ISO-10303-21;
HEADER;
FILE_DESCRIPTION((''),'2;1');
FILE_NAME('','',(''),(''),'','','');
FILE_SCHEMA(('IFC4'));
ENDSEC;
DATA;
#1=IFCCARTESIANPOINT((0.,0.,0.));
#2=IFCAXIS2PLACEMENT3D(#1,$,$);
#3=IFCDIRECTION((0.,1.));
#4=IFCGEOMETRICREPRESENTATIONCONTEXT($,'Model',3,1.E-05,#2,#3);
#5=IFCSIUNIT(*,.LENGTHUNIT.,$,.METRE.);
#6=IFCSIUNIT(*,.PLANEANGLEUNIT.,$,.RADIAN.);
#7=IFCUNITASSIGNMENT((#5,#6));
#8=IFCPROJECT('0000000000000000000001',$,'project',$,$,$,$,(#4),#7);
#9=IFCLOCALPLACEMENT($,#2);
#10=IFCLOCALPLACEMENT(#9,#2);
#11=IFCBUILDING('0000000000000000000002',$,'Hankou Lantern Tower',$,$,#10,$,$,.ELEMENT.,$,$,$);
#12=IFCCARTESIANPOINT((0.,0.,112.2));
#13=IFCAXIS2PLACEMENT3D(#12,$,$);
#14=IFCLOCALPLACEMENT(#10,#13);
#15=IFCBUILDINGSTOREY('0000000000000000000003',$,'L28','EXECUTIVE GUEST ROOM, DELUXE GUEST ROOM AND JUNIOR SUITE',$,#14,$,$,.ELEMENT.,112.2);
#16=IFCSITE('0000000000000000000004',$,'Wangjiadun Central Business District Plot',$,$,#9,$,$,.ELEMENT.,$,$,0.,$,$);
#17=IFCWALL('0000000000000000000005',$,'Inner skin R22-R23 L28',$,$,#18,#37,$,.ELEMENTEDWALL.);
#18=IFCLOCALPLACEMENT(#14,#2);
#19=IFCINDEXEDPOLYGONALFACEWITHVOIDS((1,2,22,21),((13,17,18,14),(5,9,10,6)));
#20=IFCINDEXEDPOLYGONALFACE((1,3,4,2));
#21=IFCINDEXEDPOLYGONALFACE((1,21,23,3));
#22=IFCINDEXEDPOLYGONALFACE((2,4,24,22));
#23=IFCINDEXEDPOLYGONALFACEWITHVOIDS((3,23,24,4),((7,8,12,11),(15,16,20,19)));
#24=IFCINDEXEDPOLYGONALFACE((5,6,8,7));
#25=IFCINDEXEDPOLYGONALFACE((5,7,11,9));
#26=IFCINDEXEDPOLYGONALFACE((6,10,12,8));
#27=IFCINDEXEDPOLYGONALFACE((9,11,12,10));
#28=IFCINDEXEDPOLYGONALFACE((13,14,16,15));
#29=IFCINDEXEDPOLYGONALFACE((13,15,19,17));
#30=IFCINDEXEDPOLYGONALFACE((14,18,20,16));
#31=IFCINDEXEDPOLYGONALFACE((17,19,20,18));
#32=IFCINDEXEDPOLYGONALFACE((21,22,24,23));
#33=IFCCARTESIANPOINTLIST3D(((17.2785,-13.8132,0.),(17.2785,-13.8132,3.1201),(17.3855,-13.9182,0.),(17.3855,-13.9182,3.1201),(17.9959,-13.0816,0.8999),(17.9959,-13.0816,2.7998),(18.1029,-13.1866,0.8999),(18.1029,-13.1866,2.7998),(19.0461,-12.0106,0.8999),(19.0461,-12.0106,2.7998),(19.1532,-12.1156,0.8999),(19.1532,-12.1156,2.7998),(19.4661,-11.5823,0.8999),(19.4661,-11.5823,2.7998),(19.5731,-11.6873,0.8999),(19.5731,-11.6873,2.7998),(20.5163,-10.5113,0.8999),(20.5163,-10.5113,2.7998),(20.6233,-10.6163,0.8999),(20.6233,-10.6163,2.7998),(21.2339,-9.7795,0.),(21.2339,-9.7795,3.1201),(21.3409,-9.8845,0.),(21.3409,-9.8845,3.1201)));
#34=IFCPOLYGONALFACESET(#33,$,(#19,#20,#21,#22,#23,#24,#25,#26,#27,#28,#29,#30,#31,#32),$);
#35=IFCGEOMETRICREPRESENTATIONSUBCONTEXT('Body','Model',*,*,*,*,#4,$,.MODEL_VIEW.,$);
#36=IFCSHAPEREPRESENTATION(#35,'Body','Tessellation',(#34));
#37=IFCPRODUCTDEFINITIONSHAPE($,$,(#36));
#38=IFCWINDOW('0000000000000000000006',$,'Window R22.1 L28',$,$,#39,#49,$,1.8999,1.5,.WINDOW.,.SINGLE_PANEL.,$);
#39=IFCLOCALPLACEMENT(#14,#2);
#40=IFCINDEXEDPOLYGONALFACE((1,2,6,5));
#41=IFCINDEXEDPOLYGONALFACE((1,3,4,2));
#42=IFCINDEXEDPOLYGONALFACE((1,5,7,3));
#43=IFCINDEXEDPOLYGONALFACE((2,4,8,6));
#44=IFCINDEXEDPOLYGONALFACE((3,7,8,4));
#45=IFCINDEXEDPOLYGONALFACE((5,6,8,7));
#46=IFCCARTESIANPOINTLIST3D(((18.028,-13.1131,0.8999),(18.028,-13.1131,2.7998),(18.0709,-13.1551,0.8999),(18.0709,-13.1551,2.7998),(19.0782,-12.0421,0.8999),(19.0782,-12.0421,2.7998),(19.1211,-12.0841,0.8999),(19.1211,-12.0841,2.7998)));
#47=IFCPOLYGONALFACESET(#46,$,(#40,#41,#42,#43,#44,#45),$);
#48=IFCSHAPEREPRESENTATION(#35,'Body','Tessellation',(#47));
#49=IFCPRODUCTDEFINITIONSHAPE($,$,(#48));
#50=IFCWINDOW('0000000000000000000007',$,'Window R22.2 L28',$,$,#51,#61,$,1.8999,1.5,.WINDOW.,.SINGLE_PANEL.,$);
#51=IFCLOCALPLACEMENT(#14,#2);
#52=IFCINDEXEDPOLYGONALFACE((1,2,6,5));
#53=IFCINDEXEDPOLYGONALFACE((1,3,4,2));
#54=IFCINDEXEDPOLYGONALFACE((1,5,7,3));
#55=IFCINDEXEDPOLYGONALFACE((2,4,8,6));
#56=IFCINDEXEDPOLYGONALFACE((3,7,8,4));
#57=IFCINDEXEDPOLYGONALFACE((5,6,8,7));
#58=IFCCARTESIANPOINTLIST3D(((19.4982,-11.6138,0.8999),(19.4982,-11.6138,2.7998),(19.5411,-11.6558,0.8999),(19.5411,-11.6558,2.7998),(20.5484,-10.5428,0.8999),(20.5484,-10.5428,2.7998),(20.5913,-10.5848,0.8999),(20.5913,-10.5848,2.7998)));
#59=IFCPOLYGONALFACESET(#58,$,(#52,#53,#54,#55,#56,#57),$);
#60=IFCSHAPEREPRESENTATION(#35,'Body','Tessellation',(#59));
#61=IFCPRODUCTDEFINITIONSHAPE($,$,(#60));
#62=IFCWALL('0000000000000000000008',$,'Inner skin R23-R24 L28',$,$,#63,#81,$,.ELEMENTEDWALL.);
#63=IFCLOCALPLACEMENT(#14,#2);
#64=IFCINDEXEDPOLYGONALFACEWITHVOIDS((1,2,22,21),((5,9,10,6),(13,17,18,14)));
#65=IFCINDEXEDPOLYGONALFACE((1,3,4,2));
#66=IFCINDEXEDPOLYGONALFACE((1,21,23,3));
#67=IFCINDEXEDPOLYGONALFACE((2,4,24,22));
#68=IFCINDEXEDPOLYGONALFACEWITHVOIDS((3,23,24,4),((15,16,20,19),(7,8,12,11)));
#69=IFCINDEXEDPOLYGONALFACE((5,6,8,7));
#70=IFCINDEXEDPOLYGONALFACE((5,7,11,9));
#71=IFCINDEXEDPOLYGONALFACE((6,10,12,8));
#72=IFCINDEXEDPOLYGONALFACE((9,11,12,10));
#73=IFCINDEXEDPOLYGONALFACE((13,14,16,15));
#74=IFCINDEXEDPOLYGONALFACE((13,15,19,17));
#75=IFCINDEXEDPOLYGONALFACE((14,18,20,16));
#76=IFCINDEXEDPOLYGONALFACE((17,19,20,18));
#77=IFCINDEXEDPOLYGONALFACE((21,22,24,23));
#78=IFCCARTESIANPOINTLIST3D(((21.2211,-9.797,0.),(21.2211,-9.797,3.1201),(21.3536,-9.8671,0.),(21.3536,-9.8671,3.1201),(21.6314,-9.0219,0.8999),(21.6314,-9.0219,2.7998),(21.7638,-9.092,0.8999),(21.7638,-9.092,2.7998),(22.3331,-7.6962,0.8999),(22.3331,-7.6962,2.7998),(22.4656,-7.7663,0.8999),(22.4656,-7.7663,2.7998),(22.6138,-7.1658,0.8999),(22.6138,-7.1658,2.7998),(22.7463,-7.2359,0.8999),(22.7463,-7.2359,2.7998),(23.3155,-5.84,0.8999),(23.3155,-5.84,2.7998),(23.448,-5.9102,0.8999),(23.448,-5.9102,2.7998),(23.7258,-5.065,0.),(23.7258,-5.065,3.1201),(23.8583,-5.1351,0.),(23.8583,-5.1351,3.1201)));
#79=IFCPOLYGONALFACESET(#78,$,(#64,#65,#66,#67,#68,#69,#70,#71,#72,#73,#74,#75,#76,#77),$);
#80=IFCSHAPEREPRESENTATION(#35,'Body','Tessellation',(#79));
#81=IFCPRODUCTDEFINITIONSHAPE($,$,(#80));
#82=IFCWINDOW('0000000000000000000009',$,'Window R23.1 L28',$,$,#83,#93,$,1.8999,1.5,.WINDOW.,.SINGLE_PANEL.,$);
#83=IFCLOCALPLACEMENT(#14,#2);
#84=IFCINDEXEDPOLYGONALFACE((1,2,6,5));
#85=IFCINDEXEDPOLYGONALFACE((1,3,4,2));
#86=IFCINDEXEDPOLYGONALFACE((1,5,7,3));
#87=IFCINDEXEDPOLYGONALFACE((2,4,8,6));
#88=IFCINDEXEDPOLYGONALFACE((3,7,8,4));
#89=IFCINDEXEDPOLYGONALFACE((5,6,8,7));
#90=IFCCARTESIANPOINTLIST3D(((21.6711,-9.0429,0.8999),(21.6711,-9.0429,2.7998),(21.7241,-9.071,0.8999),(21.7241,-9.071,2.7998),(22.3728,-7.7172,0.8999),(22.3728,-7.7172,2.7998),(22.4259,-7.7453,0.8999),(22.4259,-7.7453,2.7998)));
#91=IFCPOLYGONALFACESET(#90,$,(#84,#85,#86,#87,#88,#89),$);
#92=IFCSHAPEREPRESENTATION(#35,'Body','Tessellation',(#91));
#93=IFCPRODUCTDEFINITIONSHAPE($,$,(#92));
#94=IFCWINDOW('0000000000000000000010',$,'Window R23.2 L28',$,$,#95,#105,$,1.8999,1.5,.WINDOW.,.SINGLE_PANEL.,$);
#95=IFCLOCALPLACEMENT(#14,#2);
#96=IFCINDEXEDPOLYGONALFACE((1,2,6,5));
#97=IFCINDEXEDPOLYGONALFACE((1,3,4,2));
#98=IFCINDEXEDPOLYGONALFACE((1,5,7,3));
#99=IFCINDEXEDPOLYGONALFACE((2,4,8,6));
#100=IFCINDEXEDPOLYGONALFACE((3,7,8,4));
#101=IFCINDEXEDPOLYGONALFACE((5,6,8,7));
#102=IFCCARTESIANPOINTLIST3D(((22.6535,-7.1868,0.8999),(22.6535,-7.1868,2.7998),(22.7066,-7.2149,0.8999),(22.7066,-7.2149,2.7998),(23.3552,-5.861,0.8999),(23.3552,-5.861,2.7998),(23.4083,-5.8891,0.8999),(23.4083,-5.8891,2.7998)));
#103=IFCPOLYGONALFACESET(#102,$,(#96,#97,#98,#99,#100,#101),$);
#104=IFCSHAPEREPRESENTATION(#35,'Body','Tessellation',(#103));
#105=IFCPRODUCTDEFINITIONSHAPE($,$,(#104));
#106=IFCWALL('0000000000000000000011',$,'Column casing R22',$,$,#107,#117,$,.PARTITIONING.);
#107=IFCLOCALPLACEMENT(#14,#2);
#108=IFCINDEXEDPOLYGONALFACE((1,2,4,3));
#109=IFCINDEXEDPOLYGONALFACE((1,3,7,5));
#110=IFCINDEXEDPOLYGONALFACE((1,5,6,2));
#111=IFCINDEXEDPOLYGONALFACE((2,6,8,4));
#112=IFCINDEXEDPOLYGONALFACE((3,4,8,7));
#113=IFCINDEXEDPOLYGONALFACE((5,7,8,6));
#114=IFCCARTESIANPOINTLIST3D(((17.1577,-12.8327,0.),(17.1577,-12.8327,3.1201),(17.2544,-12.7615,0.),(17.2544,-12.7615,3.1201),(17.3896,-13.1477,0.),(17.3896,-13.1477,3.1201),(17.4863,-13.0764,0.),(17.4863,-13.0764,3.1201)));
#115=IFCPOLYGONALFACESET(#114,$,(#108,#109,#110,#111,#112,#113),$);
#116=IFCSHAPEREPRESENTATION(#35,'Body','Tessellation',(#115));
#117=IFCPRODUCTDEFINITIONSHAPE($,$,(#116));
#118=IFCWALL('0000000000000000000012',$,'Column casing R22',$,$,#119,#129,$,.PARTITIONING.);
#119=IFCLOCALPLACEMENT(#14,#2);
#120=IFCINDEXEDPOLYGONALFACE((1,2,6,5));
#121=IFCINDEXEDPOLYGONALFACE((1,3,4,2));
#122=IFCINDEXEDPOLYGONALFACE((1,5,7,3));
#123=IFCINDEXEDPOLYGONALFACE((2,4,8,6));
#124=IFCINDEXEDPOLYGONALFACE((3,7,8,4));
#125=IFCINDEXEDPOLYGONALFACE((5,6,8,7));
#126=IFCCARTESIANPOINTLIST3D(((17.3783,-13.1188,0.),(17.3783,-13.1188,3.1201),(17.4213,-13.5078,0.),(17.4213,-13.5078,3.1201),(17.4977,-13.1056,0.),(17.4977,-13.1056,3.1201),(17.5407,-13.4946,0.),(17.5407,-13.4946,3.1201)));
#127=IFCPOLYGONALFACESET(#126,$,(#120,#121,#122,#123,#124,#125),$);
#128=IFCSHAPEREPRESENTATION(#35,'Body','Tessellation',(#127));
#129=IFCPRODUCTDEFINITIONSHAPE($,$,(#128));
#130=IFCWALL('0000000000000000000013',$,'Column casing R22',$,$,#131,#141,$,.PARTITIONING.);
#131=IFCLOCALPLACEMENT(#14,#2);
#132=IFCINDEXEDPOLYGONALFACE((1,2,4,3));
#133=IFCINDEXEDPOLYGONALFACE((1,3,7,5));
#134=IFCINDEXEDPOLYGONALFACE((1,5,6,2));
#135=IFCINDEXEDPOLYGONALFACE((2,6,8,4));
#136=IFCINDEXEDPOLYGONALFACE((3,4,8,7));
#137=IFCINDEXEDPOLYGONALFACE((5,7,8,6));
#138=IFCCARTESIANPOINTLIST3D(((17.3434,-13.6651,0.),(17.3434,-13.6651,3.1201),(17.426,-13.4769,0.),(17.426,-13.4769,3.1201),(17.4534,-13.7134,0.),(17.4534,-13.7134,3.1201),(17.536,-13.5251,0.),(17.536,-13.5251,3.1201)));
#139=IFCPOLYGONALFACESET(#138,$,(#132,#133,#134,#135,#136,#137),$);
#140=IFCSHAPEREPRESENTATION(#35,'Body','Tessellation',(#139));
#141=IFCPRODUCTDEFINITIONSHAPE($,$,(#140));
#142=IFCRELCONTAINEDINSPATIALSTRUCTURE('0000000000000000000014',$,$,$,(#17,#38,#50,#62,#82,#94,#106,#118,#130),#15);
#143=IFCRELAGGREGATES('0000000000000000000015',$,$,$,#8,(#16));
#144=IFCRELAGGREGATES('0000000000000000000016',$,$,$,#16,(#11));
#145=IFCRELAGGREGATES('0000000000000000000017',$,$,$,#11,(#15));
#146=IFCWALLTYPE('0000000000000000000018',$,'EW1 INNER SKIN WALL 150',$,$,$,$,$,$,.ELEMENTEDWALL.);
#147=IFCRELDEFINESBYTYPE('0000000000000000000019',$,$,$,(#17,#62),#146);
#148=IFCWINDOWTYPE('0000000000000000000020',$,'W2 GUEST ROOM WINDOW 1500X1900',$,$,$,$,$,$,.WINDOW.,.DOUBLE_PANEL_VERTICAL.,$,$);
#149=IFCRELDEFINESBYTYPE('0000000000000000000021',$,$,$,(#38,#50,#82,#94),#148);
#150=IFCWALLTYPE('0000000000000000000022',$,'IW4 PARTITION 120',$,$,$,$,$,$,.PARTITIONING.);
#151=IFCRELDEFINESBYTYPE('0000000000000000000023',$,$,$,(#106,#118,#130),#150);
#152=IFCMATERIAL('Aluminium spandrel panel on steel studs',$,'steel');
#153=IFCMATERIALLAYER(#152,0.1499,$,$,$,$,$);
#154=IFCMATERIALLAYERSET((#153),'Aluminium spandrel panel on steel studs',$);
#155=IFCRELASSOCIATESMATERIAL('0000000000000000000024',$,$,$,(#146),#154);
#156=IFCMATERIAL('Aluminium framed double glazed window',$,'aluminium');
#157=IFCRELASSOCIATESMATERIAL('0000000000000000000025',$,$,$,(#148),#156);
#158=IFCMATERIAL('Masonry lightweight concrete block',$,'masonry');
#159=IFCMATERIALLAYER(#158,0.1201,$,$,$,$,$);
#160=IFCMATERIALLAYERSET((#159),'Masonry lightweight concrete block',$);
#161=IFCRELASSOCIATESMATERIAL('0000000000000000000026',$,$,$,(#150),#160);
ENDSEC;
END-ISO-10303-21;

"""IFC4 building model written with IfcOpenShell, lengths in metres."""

from ifc_helpers import new_model, si_unit, direction, frame, frame_2d, origin, place, context, subcontext, project, spatial, rectangle, extrude, material, layer, layer_set, type_object, element, fill, save


model = new_model("IFC4")

# Units and contexts
model_context = context("Model", 3, precision=1e-05, world=origin(), true_north=direction((0.0, 1.0)))
body_context = subcontext(model_context, "Body", "Model", "MODEL_VIEW")
ifc_project = project(units=[si_unit("LENGTHUNIT", "METRE"), si_unit("PLANEANGLEUNIT", "RADIAN")], contexts=[model_context])

# Site, building, storey
site_placement = place(None, origin())
site = spatial("IfcSite", under=ifc_project, at=site_placement, Name="Wangjiadun Central Business District Plot", CompositionType="ELEMENT", RefElevation=0.0)
building_placement = place(site_placement, origin())
building = spatial("IfcBuilding", under=site, at=building_placement, Name="Hankou Lantern Tower", CompositionType="ELEMENT")
storey_placement = place(building_placement, frame((0.0, 0.0, 112.2)))
storey = spatial("IfcBuildingStorey", under=building, at=storey_placement, Name="L28", Description="EXECUTIVE GUEST ROOM, DELUXE GUEST ROOM AND JUNIOR SUITE", CompositionType="ELEMENT", Elevation=112.2)

# Walls, openings, windows
ifc_material_1 = material(Name="Aluminium spandrel panel on steel studs", Category="steel")
ifc_layer_1 = layer(ifc_material_1, 0.1499)
ifc_layer_set_1 = layer_set([ifc_layer_1], Name="Aluminium spandrel panel on steel studs")
wall_type_1 = type_object("IfcWallType", Name="EW1 INNER SKIN WALL 150", PredefinedType="ELEMENTEDWALL", material=ifc_layer_set_1)
wall_1_placement = place(storey_placement, frame((17.332, -13.8657, 0.0), z_axis=(0.0, 0.0, 1.0), x_axis=(0.700137, 0.714009, 0.0)))
wall_1 = element("IfcWall", 1, at=wall_1_placement, inside=storey, type_object=wall_type_1, Name="Inner skin R22-R23 L28", PredefinedType="ELEMENTEDWALL", context=body_context, shape_type="SweptSolid", body=[
    extrude(rectangle(XDim=5.6494, YDim=0.1499, at=frame_2d((2.8247, 0.0))), origin(), (0.0, 0.0, 1.0), 3.1201),
])
opening_1_placement = place(wall_1_placement, frame((1.0247, 0.0, 0.8999)))
opening_1 = element("IfcOpeningElement", 2, at=opening_1_placement, cuts=wall_1, PredefinedType="OPENING", context=body_context, shape_type="SweptSolid", body=[
    extrude(rectangle(XDim=1.5, YDim=1.8999, at=frame_2d((0.75, 0.95))), frame((0.0, 0.085, 0.0), z_axis=(0.0, -1.0, 0.0), x_axis=(1.0, 0.0, 0.0)), (0.0, 0.0, 1.0), 0.1699),
])
opening_2_placement = place(wall_1_placement, frame((3.1245, 0.0, 0.8999)))
opening_2 = element("IfcOpeningElement", 3, at=opening_2_placement, cuts=wall_1, PredefinedType="OPENING", context=body_context, shape_type="SweptSolid", body=[
    extrude(rectangle(XDim=1.5, YDim=1.8999, at=frame_2d((0.75, 0.95))), frame((0.0, 0.085, 0.0), z_axis=(0.0, -1.0, 0.0), x_axis=(1.0, 0.0, 0.0)), (0.0, 0.0, 1.0), 0.1699),
])
ifc_material_2 = material(Name="Aluminium framed double glazed window", Category="aluminium")
window_type = type_object("IfcWindowType", Name="W2 GUEST ROOM WINDOW 1500X1900", PartitioningType="DOUBLE_PANEL_VERTICAL", PredefinedType="WINDOW", material=ifc_material_2)
window_1_placement = place(opening_1_placement, origin())
window_1 = element("IfcWindow", 4, at=window_1_placement, inside=storey, type_object=window_type, Name="Window R22.1 L28", OverallHeight=1.8999, OverallWidth=1.5, PartitioningType="SINGLE_PANEL", PredefinedType="WINDOW", context=body_context, shape_type="SweptSolid", body=[
    extrude(rectangle(XDim=1.5, YDim=1.8999, at=frame_2d((0.75, 0.95))), frame((0.0, 0.03, 0.0), z_axis=(0.0, -1.0, 0.0), x_axis=(1.0, 0.0, 0.0)), (0.0, 0.0, 1.0), 0.0601),
])
fill(opening_1, window_1)
window_2_placement = place(opening_2_placement, origin())
window_2 = element("IfcWindow", 5, at=window_2_placement, inside=storey, type_object=window_type, Name="Window R22.2 L28", OverallHeight=1.8999, OverallWidth=1.5, PartitioningType="SINGLE_PANEL", PredefinedType="WINDOW", context=body_context, shape_type="SweptSolid", body=[
    extrude(rectangle(XDim=1.5, YDim=1.8999, at=frame_2d((0.75, 0.95))), frame((0.0, 0.03, 0.0), z_axis=(0.0, -1.0, 0.0), x_axis=(1.0, 0.0, 0.0)), (0.0, 0.0, 1.0), 0.0601),
])
fill(opening_2, window_2)
wall_2_placement = place(storey_placement, frame((21.2874, -9.832, 0.0), z_axis=(0.0, 0.0, 1.0), x_axis=(0.467814, 0.883827, 0.0)))
wall_2 = element("IfcWall", 6, at=wall_2_placement, inside=storey, type_object=wall_type_1, Name="Inner skin R23-R24 L28", PredefinedType="ELEMENTEDWALL", context=body_context, shape_type="SweptSolid", body=[
    extrude(rectangle(XDim=5.354, YDim=0.1499, at=frame_2d((2.677, 0.0))), origin(), (0.0, 0.0, 1.0), 3.1201),
])
opening_3_placement = place(wall_2_placement, frame((0.877, 0.0, 0.8999)))
opening_3 = element("IfcOpeningElement", 7, at=opening_3_placement, cuts=wall_2, PredefinedType="OPENING", context=body_context, shape_type="SweptSolid", body=[
    extrude(rectangle(XDim=1.5, YDim=1.8999, at=frame_2d((0.75, 0.95))), frame((0.0, 0.085, 0.0), z_axis=(0.0, -1.0, 0.0), x_axis=(1.0, 0.0, 0.0)), (0.0, 0.0, 1.0), 0.1699),
])
opening_4_placement = place(wall_2_placement, frame((2.9771, 0.0, 0.8999)))
opening_4 = element("IfcOpeningElement", 8, at=opening_4_placement, cuts=wall_2, PredefinedType="OPENING", context=body_context, shape_type="SweptSolid", body=[
    extrude(rectangle(XDim=1.5, YDim=1.8999, at=frame_2d((0.75, 0.95))), frame((0.0, 0.085, 0.0), z_axis=(0.0, -1.0, 0.0), x_axis=(1.0, 0.0, 0.0)), (0.0, 0.0, 1.0), 0.1699),
])
window_3_placement = place(opening_3_placement, origin())
window_3 = element("IfcWindow", 9, at=window_3_placement, inside=storey, type_object=window_type, Name="Window R23.1 L28", OverallHeight=1.8999, OverallWidth=1.5, PartitioningType="SINGLE_PANEL", PredefinedType="WINDOW", context=body_context, shape_type="SweptSolid", body=[
    extrude(rectangle(XDim=1.5, YDim=1.8999, at=frame_2d((0.75, 0.95))), frame((0.0, 0.03, 0.0), z_axis=(0.0, -1.0, 0.0), x_axis=(1.0, 0.0, 0.0)), (0.0, 0.0, 1.0), 0.0601),
])
fill(opening_3, window_3)
window_4_placement = place(opening_4_placement, origin())
window_4 = element("IfcWindow", 10, at=window_4_placement, inside=storey, type_object=window_type, Name="Window R23.2 L28", OverallHeight=1.8999, OverallWidth=1.5, PartitioningType="SINGLE_PANEL", PredefinedType="WINDOW", context=body_context, shape_type="SweptSolid", body=[
    extrude(rectangle(XDim=1.5, YDim=1.8999, at=frame_2d((0.75, 0.95))), frame((0.0, 0.03, 0.0), z_axis=(0.0, -1.0, 0.0), x_axis=(1.0, 0.0, 0.0)), (0.0, 0.0, 1.0), 0.0601),
])
fill(opening_4, window_4)

# Walls
ifc_material_3 = material(Name="Masonry lightweight concrete block", Category="masonry")
ifc_layer_2 = layer(ifc_material_3, 0.1201)
ifc_layer_set_2 = layer_set([ifc_layer_2], Name="Masonry lightweight concrete block")
wall_type_2 = type_object("IfcWallType", Name="IW4 PARTITION 120", PredefinedType="PARTITIONING", material=ifc_layer_set_2)
wall_3_placement = place(storey_placement, frame((17.2061, -12.7971, 0.0), z_axis=(0.0, 0.0, 1.0), x_axis=(0.592986, -0.805213, 0.0)))
element("IfcWall", 11, at=wall_3_placement, inside=storey, type_object=wall_type_2, Name="Column casing R22", PredefinedType="PARTITIONING", context=body_context, shape_type="SweptSolid", body=[
    extrude(rectangle(XDim=0.3911, YDim=0.1201, at=frame_2d((0.1956, 0.0))), origin(), (0.0, 0.0, 1.0), 3.1201),
])
wall_4_placement = place(storey_placement, frame((17.438, -13.1121, 0.0), z_axis=(0.0, 0.0, 1.0), x_axis=(0.109815, -0.993952, 0.0)))
element("IfcWall", 12, at=wall_4_placement, inside=storey, type_object=wall_type_2, Name="Column casing R22", PredefinedType="PARTITIONING", context=body_context, shape_type="SweptSolid", body=[
    extrude(rectangle(XDim=0.3914, YDim=0.1201, at=frame_2d((0.1958, 0.0))), origin(), (0.0, 0.0, 1.0), 3.1201),
])
wall_5_placement = place(storey_placement, frame((17.481, -13.501, 0.0), z_axis=(0.0, 0.0, 1.0), x_axis=(-0.401504, -0.915857, 0.0)))
element("IfcWall", 13, at=wall_5_placement, inside=storey, type_object=wall_type_2, Name="Column casing R22", PredefinedType="PARTITIONING", context=body_context, shape_type="SweptSolid", body=[
    extrude(rectangle(XDim=0.2056, YDim=0.1201, at=frame_2d((0.1028, 0.0))), origin(), (0.0, 0.0, 1.0), 3.1201),
])

save(model, "model.ifc")
